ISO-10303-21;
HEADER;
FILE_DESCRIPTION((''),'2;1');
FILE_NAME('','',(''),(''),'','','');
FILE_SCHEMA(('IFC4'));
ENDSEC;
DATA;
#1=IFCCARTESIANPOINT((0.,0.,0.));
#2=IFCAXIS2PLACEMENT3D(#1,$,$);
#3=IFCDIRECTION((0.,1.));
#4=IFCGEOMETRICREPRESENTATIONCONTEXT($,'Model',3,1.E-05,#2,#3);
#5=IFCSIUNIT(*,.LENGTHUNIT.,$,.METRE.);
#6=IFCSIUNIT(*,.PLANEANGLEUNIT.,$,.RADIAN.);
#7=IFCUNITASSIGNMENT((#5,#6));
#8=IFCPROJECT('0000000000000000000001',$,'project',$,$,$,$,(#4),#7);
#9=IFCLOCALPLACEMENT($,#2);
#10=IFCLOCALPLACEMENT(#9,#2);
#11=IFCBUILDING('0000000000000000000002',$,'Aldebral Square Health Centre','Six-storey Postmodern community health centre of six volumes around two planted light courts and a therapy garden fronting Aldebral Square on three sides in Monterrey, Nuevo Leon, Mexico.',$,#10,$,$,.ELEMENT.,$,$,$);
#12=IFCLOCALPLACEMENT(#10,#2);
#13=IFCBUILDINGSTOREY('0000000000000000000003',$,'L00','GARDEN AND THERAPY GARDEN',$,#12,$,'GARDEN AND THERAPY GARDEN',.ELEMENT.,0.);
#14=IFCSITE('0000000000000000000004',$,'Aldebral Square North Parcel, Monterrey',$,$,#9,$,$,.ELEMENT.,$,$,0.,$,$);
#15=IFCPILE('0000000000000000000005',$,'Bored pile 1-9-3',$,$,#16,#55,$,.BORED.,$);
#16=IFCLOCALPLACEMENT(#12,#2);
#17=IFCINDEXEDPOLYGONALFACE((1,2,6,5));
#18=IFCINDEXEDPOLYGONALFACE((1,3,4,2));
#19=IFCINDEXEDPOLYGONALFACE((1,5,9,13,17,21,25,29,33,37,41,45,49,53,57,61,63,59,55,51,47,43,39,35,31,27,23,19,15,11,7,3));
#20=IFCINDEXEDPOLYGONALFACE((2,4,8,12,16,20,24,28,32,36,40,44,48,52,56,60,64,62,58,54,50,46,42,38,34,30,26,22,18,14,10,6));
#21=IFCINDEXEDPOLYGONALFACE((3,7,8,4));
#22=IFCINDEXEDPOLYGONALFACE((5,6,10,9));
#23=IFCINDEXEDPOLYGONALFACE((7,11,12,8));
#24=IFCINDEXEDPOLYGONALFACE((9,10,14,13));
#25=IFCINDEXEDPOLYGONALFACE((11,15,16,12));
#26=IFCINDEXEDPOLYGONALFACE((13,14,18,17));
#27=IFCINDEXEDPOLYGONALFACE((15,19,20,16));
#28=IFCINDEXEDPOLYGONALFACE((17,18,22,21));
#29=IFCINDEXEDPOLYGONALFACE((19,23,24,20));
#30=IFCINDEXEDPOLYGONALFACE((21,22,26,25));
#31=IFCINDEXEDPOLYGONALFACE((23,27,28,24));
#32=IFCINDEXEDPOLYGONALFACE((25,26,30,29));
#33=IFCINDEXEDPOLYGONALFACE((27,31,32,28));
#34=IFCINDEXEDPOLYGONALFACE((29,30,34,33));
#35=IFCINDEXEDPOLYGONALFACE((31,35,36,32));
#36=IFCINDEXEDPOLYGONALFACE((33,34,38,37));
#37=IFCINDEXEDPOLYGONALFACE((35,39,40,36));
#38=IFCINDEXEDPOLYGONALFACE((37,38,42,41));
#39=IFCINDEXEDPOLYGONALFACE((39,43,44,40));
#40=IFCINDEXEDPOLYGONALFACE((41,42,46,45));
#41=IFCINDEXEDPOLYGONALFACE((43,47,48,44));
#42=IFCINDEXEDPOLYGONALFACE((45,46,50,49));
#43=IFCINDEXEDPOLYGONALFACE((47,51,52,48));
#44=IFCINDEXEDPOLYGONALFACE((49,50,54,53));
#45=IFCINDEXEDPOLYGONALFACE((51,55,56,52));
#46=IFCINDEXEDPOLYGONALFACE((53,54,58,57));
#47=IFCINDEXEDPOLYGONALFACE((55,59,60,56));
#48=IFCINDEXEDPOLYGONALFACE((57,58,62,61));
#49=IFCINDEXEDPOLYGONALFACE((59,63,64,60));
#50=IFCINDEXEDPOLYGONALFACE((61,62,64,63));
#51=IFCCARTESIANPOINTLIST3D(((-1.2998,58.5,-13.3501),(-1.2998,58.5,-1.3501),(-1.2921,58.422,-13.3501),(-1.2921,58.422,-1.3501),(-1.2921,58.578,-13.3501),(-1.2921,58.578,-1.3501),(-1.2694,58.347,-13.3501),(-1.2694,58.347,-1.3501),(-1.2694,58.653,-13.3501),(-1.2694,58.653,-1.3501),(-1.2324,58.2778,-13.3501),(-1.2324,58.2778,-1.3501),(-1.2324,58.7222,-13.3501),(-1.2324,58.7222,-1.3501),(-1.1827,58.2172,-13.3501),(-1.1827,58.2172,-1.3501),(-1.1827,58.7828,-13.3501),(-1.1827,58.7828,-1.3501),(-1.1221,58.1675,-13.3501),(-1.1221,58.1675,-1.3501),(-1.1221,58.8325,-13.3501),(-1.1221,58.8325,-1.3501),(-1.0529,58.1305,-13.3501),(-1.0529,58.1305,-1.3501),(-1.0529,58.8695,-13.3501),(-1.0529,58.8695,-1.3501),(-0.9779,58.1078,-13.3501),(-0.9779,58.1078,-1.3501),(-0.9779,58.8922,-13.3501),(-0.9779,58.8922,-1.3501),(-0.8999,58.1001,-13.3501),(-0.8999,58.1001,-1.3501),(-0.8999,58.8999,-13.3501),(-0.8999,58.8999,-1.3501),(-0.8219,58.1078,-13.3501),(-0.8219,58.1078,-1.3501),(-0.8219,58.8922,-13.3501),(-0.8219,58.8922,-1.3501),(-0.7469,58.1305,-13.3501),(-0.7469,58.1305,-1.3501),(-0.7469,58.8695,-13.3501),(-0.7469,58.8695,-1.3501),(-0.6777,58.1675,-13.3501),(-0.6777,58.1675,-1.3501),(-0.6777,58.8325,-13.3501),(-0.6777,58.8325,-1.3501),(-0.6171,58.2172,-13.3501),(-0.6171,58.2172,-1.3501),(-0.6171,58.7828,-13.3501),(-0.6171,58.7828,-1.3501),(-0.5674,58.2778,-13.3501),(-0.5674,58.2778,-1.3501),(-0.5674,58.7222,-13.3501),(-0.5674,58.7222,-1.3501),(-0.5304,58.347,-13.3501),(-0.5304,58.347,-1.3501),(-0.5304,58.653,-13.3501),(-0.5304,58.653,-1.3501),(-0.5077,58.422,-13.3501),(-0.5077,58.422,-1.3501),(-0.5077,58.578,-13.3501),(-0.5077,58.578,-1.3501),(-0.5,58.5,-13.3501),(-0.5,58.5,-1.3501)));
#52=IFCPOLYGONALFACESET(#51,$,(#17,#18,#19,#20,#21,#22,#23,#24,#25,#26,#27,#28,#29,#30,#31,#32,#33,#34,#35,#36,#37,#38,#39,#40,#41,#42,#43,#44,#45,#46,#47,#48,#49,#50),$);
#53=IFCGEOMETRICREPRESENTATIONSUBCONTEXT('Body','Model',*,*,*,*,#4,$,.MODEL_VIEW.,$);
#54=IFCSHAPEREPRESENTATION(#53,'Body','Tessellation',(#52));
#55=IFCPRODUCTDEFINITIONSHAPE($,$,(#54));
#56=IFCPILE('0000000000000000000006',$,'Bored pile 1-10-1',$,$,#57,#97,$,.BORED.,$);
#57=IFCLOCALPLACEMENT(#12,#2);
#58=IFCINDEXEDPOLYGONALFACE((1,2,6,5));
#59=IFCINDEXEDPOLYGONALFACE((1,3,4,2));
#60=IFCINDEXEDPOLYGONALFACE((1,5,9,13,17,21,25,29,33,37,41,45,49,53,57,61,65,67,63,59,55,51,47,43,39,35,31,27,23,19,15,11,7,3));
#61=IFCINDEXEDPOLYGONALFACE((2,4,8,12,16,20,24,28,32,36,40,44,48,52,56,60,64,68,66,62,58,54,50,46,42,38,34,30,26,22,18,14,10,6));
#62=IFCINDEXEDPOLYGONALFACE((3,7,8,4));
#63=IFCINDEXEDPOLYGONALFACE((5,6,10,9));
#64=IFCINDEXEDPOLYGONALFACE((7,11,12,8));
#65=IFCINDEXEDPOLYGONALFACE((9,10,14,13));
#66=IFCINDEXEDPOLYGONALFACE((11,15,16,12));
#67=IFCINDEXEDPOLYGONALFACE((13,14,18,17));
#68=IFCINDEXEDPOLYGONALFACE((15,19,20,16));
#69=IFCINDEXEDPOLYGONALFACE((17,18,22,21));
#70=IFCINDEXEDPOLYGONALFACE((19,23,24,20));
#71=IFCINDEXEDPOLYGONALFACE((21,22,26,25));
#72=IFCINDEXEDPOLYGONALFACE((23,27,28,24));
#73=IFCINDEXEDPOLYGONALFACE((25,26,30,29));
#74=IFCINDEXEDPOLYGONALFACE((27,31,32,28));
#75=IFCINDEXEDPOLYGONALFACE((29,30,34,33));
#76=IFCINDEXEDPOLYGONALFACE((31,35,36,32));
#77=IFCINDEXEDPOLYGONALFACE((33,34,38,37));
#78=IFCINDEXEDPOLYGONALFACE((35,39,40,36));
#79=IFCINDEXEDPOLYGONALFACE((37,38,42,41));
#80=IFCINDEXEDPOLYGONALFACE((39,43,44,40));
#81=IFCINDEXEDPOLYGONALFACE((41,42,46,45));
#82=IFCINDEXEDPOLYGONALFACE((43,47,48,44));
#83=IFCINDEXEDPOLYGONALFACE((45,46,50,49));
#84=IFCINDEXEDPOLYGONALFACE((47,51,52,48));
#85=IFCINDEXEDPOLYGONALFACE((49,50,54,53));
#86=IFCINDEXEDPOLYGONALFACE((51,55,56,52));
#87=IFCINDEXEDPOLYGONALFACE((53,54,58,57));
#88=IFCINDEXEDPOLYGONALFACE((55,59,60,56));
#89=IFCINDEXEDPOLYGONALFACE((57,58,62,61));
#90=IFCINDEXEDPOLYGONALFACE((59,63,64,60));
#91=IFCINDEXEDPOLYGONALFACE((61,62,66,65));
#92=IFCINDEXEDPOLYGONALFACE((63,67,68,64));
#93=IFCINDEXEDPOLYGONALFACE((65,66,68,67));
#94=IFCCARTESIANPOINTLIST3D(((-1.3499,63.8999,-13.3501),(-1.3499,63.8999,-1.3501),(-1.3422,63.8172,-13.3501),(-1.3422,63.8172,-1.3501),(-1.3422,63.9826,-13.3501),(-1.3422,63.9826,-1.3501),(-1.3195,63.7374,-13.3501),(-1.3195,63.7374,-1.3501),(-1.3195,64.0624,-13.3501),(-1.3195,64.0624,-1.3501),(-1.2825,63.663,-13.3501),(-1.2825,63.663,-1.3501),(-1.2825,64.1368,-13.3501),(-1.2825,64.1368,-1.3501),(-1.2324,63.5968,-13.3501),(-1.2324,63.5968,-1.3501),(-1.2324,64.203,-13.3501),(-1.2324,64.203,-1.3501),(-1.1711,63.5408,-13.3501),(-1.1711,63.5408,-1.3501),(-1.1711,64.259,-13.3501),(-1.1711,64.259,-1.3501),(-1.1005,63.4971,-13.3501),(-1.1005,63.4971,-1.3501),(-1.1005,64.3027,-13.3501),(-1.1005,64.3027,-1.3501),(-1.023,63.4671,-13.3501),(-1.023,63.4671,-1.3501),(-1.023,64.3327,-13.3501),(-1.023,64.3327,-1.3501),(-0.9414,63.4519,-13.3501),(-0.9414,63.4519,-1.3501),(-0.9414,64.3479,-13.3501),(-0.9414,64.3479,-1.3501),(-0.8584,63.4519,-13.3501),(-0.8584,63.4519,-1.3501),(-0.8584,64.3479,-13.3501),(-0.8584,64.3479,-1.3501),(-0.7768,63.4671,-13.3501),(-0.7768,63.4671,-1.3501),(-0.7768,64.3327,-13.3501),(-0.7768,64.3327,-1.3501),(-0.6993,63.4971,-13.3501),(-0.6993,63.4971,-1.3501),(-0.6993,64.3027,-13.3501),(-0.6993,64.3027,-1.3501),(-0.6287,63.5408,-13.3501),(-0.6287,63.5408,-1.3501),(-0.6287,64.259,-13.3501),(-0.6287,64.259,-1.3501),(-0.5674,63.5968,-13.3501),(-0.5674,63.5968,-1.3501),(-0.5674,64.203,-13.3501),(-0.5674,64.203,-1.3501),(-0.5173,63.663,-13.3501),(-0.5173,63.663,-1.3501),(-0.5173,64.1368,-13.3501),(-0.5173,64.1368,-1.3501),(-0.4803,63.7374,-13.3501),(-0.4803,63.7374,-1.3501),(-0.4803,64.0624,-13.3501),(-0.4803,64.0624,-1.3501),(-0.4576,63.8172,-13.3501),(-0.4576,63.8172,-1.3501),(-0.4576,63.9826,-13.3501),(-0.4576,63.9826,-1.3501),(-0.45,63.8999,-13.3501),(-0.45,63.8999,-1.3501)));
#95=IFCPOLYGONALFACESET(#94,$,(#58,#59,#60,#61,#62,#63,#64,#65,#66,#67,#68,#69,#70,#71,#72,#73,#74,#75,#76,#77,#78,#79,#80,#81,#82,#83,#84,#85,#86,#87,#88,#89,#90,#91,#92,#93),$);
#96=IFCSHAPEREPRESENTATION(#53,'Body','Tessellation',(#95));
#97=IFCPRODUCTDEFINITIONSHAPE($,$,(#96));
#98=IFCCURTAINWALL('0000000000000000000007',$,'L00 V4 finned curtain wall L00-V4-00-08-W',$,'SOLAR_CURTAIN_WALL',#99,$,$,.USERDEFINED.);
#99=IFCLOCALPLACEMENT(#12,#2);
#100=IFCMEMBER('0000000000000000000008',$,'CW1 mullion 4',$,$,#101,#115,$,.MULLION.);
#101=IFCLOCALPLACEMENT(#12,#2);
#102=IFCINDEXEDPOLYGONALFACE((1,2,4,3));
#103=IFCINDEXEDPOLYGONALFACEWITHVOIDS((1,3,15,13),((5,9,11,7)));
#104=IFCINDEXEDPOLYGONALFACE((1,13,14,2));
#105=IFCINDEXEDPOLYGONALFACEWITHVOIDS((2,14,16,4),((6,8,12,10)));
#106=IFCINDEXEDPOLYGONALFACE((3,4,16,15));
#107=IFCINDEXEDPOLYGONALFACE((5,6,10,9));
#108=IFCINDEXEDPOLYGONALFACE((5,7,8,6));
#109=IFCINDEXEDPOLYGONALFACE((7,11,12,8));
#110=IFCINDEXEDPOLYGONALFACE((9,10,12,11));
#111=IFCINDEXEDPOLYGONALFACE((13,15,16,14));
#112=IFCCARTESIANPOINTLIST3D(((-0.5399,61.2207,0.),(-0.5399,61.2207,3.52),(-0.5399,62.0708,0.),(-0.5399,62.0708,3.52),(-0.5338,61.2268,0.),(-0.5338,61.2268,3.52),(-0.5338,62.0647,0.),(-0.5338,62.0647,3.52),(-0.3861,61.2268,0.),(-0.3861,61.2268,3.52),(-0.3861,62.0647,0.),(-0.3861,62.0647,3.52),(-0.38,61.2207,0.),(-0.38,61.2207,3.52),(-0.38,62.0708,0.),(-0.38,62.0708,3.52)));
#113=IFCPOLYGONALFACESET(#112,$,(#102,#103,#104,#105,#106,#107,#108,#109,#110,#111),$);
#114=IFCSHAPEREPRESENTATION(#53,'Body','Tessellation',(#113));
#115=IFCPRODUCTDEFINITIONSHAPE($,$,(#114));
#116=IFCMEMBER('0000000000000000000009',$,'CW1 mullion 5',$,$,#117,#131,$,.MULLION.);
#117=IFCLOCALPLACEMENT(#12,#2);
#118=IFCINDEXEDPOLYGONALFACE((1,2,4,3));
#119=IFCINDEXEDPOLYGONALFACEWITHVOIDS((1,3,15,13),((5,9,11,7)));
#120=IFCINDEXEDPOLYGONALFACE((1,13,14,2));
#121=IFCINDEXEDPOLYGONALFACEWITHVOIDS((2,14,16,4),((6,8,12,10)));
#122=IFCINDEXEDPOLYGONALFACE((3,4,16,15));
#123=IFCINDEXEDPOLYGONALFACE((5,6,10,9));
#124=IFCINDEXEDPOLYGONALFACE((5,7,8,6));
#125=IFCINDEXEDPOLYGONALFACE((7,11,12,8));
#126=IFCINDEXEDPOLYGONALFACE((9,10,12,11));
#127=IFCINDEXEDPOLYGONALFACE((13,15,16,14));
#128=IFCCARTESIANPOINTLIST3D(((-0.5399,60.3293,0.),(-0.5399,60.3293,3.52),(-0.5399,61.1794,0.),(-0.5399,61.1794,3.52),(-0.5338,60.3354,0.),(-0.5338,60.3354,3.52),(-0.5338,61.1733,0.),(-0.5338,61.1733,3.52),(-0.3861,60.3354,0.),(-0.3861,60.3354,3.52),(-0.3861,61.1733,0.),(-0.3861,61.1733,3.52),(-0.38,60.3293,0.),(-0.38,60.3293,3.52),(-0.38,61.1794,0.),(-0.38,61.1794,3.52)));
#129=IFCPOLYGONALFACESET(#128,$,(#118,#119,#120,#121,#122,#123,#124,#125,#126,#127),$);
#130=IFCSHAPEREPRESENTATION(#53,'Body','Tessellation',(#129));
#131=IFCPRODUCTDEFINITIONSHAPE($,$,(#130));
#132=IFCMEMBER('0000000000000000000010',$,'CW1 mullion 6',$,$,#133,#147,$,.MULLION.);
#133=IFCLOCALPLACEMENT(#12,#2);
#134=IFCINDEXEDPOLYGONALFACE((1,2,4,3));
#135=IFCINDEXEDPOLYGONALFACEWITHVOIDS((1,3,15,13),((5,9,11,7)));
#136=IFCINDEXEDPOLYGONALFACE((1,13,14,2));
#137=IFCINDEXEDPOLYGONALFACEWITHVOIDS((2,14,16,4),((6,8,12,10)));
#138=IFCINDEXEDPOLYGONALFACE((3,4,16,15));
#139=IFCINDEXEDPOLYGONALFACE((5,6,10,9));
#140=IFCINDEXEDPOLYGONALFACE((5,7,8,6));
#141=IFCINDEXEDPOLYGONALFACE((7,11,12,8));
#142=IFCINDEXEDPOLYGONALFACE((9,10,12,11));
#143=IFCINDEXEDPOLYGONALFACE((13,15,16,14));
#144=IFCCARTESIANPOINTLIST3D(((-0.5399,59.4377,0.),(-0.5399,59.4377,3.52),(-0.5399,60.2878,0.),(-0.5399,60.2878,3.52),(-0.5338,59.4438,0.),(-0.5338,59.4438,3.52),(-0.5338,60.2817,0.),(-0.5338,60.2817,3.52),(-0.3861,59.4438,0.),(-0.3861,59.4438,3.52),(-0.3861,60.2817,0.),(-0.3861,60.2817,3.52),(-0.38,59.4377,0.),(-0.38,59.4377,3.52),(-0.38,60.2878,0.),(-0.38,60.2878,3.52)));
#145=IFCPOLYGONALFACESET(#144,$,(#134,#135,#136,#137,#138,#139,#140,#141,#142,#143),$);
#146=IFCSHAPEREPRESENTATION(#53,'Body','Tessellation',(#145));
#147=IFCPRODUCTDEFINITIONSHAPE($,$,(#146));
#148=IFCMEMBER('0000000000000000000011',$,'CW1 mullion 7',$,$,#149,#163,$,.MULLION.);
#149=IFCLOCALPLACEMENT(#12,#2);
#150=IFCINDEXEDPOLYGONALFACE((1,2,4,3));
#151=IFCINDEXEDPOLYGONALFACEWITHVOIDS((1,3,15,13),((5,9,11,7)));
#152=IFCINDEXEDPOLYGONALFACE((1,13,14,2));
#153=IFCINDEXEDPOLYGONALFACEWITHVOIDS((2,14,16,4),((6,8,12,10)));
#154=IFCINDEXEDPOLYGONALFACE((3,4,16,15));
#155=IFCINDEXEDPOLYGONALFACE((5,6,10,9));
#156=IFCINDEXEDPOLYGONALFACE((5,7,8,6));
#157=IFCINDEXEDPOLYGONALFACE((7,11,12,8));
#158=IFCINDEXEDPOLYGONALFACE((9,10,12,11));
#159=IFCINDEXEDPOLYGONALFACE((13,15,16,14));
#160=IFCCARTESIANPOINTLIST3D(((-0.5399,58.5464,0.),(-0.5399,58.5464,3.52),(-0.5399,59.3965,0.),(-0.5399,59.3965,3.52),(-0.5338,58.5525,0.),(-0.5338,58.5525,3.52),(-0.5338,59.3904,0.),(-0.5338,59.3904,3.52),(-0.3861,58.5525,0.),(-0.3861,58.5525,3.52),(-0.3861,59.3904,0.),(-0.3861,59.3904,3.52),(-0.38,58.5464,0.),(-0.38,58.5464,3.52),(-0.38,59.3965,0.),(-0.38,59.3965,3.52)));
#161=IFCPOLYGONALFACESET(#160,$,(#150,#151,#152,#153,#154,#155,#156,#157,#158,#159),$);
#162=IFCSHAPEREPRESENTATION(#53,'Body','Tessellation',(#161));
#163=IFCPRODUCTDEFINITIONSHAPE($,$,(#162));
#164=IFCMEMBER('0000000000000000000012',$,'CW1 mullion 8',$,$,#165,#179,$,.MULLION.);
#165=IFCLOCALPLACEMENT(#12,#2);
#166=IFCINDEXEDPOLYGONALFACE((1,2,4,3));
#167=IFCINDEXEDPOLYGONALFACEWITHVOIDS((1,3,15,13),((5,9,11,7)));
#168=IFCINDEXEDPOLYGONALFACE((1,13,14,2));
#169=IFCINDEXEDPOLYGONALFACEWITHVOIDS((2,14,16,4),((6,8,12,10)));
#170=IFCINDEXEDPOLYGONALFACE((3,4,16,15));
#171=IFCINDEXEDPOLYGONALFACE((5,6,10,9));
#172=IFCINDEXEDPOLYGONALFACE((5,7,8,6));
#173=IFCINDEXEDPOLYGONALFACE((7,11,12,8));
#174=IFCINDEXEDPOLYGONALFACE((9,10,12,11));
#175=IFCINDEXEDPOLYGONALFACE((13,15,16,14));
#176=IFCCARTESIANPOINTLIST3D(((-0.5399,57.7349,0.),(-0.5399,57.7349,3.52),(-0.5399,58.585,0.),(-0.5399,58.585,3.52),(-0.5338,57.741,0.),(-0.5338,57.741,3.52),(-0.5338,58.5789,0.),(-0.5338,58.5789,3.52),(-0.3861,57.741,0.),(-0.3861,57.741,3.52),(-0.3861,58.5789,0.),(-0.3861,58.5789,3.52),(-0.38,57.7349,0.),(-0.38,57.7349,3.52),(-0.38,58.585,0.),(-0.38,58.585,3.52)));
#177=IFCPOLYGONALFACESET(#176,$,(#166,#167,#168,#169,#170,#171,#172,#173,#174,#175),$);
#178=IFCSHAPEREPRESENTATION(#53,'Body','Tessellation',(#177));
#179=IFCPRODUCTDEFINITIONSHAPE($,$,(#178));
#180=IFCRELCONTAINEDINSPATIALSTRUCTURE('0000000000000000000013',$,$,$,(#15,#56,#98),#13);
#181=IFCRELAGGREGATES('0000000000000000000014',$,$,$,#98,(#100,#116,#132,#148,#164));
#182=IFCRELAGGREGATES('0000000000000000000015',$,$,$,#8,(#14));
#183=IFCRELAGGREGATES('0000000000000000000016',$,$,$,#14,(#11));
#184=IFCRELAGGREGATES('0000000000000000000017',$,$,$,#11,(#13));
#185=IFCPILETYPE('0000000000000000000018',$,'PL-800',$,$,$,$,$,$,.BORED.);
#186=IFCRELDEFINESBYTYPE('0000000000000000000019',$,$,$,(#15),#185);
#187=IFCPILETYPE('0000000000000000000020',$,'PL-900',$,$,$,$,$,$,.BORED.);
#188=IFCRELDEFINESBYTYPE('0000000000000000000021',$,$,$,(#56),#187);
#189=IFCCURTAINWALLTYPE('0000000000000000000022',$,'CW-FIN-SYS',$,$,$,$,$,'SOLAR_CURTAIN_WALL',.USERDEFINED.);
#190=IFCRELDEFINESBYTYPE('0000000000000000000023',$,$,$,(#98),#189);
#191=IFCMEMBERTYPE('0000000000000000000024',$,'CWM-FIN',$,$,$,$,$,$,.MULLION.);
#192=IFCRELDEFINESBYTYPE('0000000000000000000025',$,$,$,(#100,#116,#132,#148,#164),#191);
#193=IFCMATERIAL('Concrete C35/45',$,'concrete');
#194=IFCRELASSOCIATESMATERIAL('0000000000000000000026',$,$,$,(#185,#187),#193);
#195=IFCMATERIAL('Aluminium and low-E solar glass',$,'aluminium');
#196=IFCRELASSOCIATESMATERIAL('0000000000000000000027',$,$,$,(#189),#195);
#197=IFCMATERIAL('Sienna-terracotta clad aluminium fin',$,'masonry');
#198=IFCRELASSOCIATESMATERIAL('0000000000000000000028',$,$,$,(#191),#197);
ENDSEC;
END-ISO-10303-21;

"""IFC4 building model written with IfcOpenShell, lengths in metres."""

from ifc_helpers import new_model, si_unit, direction, frame, origin, origin_2d, place, context, subcontext, project, spatial, hollow_rectangle, circle, extrude, material, material_profile, profile_set, type_object, element, aggregate, save


model = new_model("IFC4")

# Units and contexts
model_context = context("Model", 3, precision=1e-05, world=origin(), true_north=direction((0.0, 1.0)))
body_context = subcontext(model_context, "Body", "Model", "MODEL_VIEW")
ifc_project = project(units=[si_unit("LENGTHUNIT", "METRE"), si_unit("PLANEANGLEUNIT", "RADIAN")], contexts=[model_context])

# Site, building, storey
site_placement = place(None, origin())
site = spatial("IfcSite", under=ifc_project, at=site_placement, Name="Aldebral Square North Parcel, Monterrey", CompositionType="ELEMENT", RefElevation=0.0)
building_placement = place(site_placement, origin())
building = spatial("IfcBuilding", under=site, at=building_placement, Name="Aldebral Square Health Centre", Description="Six-storey Postmodern community health centre of six volumes around two planted light courts and a therapy garden fronting Aldebral Square on three sides in Monterrey, Nuevo Leon, Mexico.", CompositionType="ELEMENT")
storey_placement = place(building_placement, origin())
storey = spatial("IfcBuildingStorey", under=building, at=storey_placement, Name="L00", Description="GARDEN AND THERAPY GARDEN", LongName="GARDEN AND THERAPY GARDEN", CompositionType="ELEMENT", Elevation=0.0)

# Piles
ifc_material_1 = material(Name="Concrete C35/45", Category="concrete")
ifc_material_profile_1 = material_profile(ifc_material_1, circle(Radius=0.3999, at=origin_2d()), Name="PILE D800")
ifc_profile_set_1 = profile_set([ifc_material_profile_1], Name="Concrete C35/45")
pile_type_1 = type_object("IfcPileType", Name="PL-800", PredefinedType="BORED", material=ifc_profile_set_1)
pile_1_placement = place(storey_placement, frame((-0.8999, 58.5, -1.3501), z_axis=(0.0, 0.0, -1.0), x_axis=(1.0, 0.0, 0.0)))
element("IfcPile", 1, at=pile_1_placement, inside=storey, type_object=pile_type_1, Name="Bored pile 1-9-3", PredefinedType="BORED", context=body_context, shape_type="SweptSolid", body=[
    extrude(circle(Radius=0.3999, at=origin_2d()), origin(), (0.0, 0.0, 1.0), 12.0),
])
ifc_material_profile_2 = material_profile(ifc_material_1, circle(Radius=0.45, at=origin_2d()), Name="PILE D900")
ifc_profile_set_2 = profile_set([ifc_material_profile_2], Name="Concrete C35/45")
pile_type_2 = type_object("IfcPileType", Name="PL-900", PredefinedType="BORED", material=ifc_profile_set_2)
pile_2_placement = place(storey_placement, frame((-0.8999, 63.8999, -1.3501), z_axis=(0.0, 0.0, -1.0), x_axis=(1.0, 0.0, 0.0)))
element("IfcPile", 2, at=pile_2_placement, inside=storey, type_object=pile_type_2, Name="Bored pile 1-10-1", PredefinedType="BORED", context=body_context, shape_type="SweptSolid", body=[
    extrude(circle(Radius=0.45, at=origin_2d()), origin(), (0.0, 0.0, 1.0), 12.0),
])

# Curtain wall, members
ifc_material_2 = material(Name="Aluminium and low-E solar glass", Category="aluminium")
curtain_wall_type = type_object("IfcCurtainWallType", Name="CW-FIN-SYS", ElementType="SOLAR_CURTAIN_WALL", PredefinedType="USERDEFINED", material=ifc_material_2)
curtain_wall_placement = place(storey_placement, origin())
curtain_wall = element("IfcCurtainWall", 3, at=curtain_wall_placement, inside=storey, type_object=curtain_wall_type, Name="L00 V4 finned curtain wall L00-V4-00-08-W", ObjectType="SOLAR_CURTAIN_WALL", PredefinedType="USERDEFINED")
ifc_material_3 = material(Name="Sienna-terracotta clad aluminium fin", Category="masonry")
ifc_material_profile_3 = material_profile(ifc_material_3, hollow_rectangle(XDim=0.1599, YDim=0.8501, WallThickness=0.0061, at=origin_2d()), Name="FIN 160x850x6")
ifc_profile_set_3 = profile_set([ifc_material_profile_3], Name="Sienna-terracotta clad aluminium fin")
member_type_1 = type_object("IfcMemberType", Name="CWM-FIN", PredefinedType="MULLION", material=ifc_profile_set_3)
member_1_placement = place(storey_placement, frame((-0.46, 61.6458, 0.0), z_axis=(0.0, 0.0, 1.0), x_axis=(1.0, 0.0, 0.0)))
member_1 = element("IfcMember", 4, at=member_1_placement, type_object=member_type_1, Name="CW1 mullion 4", PredefinedType="MULLION", context=body_context, shape_type="SweptSolid", body=[
    extrude(hollow_rectangle(XDim=0.1599, YDim=0.8501, WallThickness=0.0061, at=origin_2d()), origin(), (0.0, 0.0, 1.0), 3.52),
])
member_2_placement = place(storey_placement, frame((-0.46, 60.7544, 0.0), z_axis=(0.0, 0.0, 1.0), x_axis=(1.0, 0.0, 0.0)))
member_2 = element("IfcMember", 5, at=member_2_placement, type_object=member_type_1, Name="CW1 mullion 5", PredefinedType="MULLION", context=body_context, shape_type="SweptSolid", body=[
    extrude(hollow_rectangle(XDim=0.1599, YDim=0.8501, WallThickness=0.0061, at=origin_2d()), origin(), (0.0, 0.0, 1.0), 3.52),
])
member_3_placement = place(storey_placement, frame((-0.46, 59.8628, 0.0), z_axis=(0.0, 0.0, 1.0), x_axis=(1.0, 0.0, 0.0)))
member_3 = element("IfcMember", 6, at=member_3_placement, type_object=member_type_1, Name="CW1 mullion 6", PredefinedType="MULLION", context=body_context, shape_type="SweptSolid", body=[
    extrude(hollow_rectangle(XDim=0.1599, YDim=0.8501, WallThickness=0.0061, at=origin_2d()), origin(), (0.0, 0.0, 1.0), 3.52),
])
member_4_placement = place(storey_placement, frame((-0.46, 58.9714, 0.0), z_axis=(0.0, 0.0, 1.0), x_axis=(1.0, 0.0, 0.0)))
member_4 = element("IfcMember", 7, at=member_4_placement, type_object=member_type_1, Name="CW1 mullion 7", PredefinedType="MULLION", context=body_context, shape_type="SweptSolid", body=[
    extrude(hollow_rectangle(XDim=0.1599, YDim=0.8501, WallThickness=0.0061, at=origin_2d()), origin(), (0.0, 0.0, 1.0), 3.52),
])
member_5_placement = place(storey_placement, frame((-0.46, 58.1599, 0.0), z_axis=(0.0, 0.0, 1.0), x_axis=(1.0, 0.0, 0.0)))
member_5 = element("IfcMember", 8, at=member_5_placement, type_object=member_type_1, Name="CW1 mullion 8", PredefinedType="MULLION", context=body_context, shape_type="SweptSolid", body=[
    extrude(hollow_rectangle(XDim=0.1599, YDim=0.8501, WallThickness=0.0061, at=origin_2d()), origin(), (0.0, 0.0, 1.0), 3.52),
])
aggregate(curtain_wall, [member_1, member_2, member_3, member_4, member_5])

save(model, "model.ifc")
